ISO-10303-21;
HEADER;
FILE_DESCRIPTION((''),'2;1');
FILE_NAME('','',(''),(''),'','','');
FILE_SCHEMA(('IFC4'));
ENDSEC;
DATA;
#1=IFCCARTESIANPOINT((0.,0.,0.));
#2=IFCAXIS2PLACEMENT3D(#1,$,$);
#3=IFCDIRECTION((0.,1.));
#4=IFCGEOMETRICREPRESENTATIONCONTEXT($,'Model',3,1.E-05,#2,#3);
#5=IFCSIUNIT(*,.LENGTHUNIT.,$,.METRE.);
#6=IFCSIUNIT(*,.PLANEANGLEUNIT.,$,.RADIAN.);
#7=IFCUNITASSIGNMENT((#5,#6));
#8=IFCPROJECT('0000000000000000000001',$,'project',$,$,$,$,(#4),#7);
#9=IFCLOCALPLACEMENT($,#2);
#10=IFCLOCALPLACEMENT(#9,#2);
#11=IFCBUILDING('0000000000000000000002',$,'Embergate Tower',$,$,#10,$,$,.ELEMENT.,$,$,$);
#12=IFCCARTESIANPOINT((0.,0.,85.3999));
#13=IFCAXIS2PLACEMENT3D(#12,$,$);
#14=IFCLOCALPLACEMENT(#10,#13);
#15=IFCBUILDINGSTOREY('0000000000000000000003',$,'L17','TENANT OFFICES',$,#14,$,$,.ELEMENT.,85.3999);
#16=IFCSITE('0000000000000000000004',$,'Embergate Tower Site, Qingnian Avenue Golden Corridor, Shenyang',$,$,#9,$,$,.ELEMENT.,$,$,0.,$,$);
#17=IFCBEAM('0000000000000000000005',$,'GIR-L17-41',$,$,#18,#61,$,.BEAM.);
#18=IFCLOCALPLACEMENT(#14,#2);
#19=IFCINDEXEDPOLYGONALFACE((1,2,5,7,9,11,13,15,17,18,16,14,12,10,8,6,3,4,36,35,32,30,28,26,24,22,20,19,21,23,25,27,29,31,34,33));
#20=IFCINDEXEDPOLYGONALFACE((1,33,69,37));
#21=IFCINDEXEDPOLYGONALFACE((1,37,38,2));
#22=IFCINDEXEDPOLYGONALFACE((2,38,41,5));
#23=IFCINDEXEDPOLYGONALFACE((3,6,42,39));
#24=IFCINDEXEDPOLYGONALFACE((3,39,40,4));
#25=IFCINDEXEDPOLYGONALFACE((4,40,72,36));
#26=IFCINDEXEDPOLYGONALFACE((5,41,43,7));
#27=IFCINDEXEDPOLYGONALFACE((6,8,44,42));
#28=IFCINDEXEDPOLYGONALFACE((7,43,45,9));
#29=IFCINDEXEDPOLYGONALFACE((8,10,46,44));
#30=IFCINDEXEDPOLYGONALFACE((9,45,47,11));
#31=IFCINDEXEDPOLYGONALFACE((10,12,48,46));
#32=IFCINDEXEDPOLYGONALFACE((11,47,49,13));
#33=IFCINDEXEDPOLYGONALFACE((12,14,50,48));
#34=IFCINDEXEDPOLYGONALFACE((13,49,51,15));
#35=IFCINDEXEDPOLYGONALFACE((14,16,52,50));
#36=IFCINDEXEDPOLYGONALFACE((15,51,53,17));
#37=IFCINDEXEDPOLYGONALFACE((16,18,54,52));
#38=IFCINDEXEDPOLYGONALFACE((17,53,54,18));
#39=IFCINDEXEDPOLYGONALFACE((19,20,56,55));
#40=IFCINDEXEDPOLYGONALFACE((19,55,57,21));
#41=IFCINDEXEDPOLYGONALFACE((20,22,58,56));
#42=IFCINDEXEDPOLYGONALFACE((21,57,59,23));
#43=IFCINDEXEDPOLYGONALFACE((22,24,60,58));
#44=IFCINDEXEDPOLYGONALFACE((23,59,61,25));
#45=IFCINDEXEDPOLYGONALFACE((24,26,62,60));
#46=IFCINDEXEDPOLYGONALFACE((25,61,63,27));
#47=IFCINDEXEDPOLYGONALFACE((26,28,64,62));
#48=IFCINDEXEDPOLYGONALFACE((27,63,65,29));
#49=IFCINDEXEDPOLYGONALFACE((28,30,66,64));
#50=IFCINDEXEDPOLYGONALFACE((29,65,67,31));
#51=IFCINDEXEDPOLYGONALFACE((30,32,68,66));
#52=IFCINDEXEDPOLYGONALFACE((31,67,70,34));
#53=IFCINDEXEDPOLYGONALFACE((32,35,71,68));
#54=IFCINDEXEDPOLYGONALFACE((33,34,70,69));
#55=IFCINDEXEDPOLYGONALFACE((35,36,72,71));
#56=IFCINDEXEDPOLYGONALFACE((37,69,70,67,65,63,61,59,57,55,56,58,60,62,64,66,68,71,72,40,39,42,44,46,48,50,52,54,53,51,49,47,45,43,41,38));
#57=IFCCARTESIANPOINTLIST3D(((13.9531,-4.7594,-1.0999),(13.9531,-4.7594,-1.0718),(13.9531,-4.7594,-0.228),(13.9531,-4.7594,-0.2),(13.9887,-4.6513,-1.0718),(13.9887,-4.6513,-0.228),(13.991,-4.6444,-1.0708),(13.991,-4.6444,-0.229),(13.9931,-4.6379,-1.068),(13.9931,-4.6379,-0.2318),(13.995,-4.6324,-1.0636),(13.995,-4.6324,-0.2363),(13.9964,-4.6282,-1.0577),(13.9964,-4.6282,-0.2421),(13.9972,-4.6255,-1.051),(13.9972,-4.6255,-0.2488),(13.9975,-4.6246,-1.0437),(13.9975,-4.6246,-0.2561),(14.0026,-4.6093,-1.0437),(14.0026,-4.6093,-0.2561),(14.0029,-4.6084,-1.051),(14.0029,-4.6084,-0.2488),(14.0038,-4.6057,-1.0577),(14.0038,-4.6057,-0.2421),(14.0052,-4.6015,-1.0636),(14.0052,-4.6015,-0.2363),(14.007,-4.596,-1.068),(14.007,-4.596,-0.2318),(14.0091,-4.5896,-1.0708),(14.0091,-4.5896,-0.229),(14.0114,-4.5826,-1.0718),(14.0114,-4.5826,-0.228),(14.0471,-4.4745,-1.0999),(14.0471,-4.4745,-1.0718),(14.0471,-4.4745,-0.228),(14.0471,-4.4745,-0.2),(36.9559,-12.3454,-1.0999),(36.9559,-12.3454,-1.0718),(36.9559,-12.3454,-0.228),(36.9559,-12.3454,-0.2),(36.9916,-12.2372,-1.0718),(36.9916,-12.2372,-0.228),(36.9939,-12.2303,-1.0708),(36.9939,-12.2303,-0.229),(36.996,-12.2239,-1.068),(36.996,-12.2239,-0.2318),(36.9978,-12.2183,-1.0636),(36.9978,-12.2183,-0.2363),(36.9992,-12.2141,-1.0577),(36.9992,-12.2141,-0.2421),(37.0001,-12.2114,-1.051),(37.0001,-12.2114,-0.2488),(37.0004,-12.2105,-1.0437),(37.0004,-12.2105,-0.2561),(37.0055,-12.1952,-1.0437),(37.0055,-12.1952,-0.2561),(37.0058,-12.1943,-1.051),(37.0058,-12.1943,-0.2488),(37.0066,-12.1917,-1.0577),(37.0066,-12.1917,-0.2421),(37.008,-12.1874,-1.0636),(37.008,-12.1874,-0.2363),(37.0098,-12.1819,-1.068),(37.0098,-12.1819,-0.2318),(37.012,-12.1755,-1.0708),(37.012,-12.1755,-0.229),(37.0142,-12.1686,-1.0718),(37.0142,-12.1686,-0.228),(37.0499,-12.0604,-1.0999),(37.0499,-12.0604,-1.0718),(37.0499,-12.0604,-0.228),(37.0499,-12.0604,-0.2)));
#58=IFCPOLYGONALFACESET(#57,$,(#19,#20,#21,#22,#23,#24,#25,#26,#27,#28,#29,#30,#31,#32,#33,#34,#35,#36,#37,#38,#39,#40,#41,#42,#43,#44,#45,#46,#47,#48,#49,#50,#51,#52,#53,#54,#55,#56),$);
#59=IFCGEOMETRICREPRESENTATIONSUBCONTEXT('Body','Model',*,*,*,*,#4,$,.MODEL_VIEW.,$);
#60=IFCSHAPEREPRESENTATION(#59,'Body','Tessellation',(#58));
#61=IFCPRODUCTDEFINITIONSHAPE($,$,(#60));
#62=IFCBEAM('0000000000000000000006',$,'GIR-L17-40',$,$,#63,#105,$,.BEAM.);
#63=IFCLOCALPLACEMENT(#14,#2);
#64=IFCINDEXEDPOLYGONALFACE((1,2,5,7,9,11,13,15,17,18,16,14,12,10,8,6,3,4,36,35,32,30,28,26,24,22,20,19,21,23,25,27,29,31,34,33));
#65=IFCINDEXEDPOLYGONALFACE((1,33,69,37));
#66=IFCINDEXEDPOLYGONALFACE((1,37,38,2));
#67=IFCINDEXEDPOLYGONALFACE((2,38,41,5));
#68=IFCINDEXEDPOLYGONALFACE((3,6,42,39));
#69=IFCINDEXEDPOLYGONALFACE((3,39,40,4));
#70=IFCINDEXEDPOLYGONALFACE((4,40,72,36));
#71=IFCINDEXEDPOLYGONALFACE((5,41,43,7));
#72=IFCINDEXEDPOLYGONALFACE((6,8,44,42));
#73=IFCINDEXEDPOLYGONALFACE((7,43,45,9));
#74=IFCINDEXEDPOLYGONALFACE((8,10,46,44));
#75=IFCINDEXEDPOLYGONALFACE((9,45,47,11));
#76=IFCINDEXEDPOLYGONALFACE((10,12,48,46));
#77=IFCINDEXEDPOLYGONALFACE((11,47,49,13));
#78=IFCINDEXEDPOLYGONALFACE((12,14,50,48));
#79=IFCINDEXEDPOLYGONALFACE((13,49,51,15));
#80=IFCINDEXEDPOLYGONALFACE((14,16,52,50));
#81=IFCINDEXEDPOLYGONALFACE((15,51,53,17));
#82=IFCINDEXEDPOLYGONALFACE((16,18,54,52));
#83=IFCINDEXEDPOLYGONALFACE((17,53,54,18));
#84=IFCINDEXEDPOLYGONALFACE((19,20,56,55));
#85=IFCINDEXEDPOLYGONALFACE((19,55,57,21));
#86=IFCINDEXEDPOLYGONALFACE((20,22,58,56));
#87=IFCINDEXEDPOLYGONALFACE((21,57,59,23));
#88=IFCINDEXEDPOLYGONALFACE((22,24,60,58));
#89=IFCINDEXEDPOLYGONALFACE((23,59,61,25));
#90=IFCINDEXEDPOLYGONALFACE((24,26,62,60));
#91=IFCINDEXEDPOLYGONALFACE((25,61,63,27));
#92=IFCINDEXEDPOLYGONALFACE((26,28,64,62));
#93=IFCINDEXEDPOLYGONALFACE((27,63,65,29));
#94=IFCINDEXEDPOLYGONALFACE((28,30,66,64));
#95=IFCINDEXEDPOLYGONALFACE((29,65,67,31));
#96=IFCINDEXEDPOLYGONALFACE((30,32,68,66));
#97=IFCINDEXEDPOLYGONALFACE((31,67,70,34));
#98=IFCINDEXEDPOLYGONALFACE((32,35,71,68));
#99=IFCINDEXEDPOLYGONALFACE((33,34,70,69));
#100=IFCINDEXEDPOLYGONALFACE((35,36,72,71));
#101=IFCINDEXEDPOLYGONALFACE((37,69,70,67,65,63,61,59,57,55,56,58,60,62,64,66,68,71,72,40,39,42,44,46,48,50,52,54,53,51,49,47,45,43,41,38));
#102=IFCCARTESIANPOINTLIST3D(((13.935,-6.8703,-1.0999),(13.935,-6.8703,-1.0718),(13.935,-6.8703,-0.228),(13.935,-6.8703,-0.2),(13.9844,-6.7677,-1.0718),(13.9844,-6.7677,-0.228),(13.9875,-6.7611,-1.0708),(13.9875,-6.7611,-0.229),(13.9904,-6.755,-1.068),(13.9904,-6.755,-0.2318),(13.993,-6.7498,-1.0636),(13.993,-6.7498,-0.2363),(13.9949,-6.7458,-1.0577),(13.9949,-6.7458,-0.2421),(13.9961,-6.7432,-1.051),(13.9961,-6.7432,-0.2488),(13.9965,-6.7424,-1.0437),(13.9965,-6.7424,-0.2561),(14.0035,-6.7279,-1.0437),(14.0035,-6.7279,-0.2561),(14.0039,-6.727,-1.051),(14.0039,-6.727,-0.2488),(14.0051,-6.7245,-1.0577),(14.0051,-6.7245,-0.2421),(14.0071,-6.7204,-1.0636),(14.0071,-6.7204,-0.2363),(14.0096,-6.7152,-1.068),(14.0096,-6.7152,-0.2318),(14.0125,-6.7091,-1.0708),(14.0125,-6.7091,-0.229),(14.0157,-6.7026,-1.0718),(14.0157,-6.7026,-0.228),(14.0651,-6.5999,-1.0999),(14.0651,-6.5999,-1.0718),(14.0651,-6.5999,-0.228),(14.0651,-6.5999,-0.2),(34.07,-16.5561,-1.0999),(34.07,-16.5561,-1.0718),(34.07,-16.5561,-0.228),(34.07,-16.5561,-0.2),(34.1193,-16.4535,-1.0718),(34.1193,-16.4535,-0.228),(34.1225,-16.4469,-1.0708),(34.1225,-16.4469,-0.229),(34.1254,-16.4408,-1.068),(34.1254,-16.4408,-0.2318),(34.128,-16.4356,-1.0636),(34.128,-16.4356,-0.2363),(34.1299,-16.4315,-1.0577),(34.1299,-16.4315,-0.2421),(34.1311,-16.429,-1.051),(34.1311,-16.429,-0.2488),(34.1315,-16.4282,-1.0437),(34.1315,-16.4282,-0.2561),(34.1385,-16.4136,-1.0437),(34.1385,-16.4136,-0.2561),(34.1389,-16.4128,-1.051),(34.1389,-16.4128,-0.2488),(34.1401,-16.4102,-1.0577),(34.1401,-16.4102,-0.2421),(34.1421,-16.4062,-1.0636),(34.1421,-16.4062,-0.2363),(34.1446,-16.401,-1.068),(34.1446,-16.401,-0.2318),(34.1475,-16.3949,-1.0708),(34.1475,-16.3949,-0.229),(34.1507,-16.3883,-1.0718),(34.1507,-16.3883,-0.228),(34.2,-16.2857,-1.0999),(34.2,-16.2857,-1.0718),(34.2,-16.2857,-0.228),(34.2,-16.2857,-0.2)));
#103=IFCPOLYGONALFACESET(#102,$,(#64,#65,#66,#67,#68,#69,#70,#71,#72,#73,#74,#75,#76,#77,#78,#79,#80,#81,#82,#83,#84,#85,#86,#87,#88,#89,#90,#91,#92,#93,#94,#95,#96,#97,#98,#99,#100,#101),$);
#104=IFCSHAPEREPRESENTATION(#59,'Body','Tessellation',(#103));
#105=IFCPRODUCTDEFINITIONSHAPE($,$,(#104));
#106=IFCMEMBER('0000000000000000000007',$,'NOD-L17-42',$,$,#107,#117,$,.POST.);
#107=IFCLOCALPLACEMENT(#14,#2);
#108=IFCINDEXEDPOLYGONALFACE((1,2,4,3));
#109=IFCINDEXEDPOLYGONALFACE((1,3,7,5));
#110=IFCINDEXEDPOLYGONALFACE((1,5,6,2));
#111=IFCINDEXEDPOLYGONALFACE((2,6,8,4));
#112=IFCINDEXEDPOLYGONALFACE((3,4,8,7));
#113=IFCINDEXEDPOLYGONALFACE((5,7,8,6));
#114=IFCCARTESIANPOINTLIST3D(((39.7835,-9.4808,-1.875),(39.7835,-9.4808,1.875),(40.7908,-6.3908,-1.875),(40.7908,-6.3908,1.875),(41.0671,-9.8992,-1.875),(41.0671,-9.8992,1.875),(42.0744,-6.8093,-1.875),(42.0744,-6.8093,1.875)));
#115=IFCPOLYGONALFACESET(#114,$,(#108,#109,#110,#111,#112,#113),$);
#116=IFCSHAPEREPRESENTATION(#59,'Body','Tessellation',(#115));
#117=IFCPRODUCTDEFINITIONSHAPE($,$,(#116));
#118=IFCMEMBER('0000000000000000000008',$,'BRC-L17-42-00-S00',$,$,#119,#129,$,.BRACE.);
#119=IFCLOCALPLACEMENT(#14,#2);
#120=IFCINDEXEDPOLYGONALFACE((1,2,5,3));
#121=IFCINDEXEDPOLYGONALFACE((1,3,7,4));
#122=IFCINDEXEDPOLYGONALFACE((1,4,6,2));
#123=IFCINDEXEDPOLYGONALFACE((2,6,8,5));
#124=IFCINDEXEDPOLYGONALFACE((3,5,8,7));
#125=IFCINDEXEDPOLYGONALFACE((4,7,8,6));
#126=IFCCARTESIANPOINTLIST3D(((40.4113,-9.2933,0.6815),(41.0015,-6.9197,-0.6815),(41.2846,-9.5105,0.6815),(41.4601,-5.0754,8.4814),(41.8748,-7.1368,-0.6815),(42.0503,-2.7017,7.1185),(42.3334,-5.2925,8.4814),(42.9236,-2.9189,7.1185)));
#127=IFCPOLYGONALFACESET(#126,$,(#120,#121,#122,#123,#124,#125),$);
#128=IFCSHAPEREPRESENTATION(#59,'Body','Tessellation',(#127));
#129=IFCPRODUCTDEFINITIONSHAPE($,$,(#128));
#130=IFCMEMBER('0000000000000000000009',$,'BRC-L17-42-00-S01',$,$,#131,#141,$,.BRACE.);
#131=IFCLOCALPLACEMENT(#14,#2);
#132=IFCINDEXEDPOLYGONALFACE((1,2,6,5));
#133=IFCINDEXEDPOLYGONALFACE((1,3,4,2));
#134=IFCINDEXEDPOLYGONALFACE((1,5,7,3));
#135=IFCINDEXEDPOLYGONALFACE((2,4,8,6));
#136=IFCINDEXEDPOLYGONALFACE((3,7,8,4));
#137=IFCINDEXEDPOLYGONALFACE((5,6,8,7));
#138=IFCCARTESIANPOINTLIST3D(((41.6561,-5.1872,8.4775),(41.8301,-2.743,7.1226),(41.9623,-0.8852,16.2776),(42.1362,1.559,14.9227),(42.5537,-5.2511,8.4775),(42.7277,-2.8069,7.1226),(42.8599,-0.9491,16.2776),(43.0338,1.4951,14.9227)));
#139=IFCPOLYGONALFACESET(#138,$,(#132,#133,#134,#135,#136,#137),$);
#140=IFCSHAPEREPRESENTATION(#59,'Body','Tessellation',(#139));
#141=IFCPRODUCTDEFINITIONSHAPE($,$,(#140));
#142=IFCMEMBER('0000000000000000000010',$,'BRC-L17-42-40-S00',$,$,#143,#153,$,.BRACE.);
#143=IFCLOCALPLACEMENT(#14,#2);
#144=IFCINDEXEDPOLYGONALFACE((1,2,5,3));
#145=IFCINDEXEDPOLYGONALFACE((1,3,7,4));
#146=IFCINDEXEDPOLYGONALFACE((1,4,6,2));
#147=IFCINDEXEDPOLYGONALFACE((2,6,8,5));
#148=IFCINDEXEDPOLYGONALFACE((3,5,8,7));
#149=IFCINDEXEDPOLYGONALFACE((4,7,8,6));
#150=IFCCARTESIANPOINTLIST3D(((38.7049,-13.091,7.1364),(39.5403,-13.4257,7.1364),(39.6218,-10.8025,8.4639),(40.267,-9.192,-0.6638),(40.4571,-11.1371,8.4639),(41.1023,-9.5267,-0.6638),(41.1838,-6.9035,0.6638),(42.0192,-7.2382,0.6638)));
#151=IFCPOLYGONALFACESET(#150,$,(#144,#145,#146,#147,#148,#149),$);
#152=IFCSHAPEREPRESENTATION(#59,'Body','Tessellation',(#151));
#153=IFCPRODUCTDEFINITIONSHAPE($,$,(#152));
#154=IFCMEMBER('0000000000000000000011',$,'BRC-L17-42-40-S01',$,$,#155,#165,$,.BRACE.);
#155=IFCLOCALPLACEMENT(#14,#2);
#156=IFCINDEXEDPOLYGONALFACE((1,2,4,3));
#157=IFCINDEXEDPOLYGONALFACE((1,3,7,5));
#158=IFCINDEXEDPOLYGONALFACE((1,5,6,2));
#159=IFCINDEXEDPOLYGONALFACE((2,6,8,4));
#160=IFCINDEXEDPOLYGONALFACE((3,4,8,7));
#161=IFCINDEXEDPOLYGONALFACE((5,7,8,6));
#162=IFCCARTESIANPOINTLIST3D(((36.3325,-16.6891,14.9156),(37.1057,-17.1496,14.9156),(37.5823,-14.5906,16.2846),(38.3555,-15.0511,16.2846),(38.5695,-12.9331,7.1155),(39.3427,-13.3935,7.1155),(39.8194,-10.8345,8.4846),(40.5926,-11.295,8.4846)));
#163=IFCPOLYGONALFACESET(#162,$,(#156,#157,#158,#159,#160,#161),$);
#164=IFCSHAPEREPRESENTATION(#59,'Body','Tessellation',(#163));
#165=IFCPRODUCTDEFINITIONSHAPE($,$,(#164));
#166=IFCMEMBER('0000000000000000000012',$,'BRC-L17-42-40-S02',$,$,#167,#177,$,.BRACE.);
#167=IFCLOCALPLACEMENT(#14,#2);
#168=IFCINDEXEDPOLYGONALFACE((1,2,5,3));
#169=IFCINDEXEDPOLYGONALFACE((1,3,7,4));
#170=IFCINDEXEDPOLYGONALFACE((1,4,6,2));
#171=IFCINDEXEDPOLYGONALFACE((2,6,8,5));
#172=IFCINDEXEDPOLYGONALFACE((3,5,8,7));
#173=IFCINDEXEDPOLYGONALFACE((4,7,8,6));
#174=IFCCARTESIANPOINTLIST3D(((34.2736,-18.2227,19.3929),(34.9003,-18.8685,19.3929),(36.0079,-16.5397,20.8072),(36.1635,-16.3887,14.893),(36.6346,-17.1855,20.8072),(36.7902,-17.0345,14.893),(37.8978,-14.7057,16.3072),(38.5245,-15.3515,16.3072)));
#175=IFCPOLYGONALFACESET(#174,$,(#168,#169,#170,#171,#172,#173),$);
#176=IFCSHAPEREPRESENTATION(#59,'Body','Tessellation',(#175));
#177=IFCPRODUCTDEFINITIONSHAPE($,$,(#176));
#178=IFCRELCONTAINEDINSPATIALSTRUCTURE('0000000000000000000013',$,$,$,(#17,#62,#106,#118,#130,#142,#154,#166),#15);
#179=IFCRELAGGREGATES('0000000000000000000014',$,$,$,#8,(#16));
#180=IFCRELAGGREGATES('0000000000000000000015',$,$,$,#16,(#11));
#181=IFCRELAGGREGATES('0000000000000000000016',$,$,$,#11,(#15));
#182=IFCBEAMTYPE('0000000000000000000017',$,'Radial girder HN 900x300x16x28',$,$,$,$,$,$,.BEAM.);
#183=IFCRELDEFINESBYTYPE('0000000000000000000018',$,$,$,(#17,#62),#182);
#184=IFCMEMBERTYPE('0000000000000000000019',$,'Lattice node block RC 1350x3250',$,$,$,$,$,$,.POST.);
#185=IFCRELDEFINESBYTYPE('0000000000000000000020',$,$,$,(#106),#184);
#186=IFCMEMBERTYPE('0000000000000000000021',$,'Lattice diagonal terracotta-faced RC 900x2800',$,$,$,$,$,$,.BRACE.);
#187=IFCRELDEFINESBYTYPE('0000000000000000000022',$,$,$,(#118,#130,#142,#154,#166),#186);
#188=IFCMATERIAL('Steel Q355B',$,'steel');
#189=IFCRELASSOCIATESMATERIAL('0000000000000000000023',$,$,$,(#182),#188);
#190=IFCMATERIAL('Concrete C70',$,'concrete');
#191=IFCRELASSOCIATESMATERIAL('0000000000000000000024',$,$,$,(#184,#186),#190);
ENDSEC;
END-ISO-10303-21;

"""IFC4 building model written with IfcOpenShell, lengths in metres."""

from ifc_helpers import new_model, si_unit, direction, frame, origin, origin_2d, place, context, subcontext, project, spatial, rectangle, i_section, extrude, source, transform, mapped, material, material_profile, profile_set, type_object, element, save


model = new_model("IFC4")

# Units and contexts
model_context = context("Model", 3, precision=1e-05, world=origin(), true_north=direction((0.0, 1.0)))
body_context = subcontext(model_context, "Body", "Model", "MODEL_VIEW")
ifc_project = project(units=[si_unit("LENGTHUNIT", "METRE"), si_unit("PLANEANGLEUNIT", "RADIAN")], contexts=[model_context])

# Site, building, storey
site_placement = place(None, origin())
site = spatial("IfcSite", under=ifc_project, at=site_placement, Name="Embergate Tower Site, Qingnian Avenue Golden Corridor, Shenyang", CompositionType="ELEMENT", RefElevation=0.0)
building_placement = place(site_placement, origin())
building = spatial("IfcBuilding", under=site, at=building_placement, Name="Embergate Tower", CompositionType="ELEMENT")
storey_placement = place(building_placement, frame((0.0, 0.0, 85.3999)))
storey = spatial("IfcBuildingStorey", under=building, at=storey_placement, Name="L17", Description="TENANT OFFICES", CompositionType="ELEMENT", Elevation=85.3999)

# Shared definitions
ifc_material_1 = material(Name="Concrete C70", Category="concrete")

# Beams
ifc_material_2 = material(Name="Steel Q355B", Category="steel")
ifc_material_profile_1 = material_profile(ifc_material_2, i_section(OverallWidth=0.3, OverallDepth=0.8999, WebThickness=0.0161, FlangeThickness=0.0281, FilletRadius=0.0281, at=origin_2d()), Name="HN 900x300x16x28")
ifc_profile_set_1 = profile_set([ifc_material_profile_1], Name="Steel Q355 grade B")
beam_type_1 = type_object("IfcBeamType", Name="Radial girder HN 900x300x16x28", PredefinedType="BEAM", material=ifc_profile_set_1)
shared_shape_1 = source(origin(), body_context, "Body", "SweptSolid", [
    extrude(i_section(OverallWidth=0.3, OverallDepth=0.8999, WebThickness=0.0161, FlangeThickness=0.0281, FilletRadius=0.0281, at=origin_2d()), origin(), (0.0, 0.0, 1.0), 24.2214),
])
beam_1_placement = place(storey_placement, frame((37.0029, -12.2029, -0.6499), z_axis=(-0.94969, 0.31319, 0.0), x_axis=(-0.31319, -0.94969, 0.0)))
element("IfcBeam", 1, at=beam_1_placement, inside=storey, type_object=beam_type_1, Name="GIR-L17-41", PredefinedType="BEAM", context=body_context, shape_type="MappedRepresentation", body=[
    mapped(shared_shape_1, transform((0.0, 0.0, 0.0))),
])
shared_shape_2 = source(origin(), body_context, "Body", "SweptSolid", [
    extrude(i_section(OverallWidth=0.3, OverallDepth=0.8999, WebThickness=0.0161, FlangeThickness=0.0281, FilletRadius=0.0281, at=origin_2d()), origin(), (0.0, 0.0, 1.0), 22.3435),
])
beam_2_placement = place(storey_placement, frame((34.135, -16.4209, -0.6499), z_axis=(-0.901156, 0.433494, 0.0), x_axis=(-0.433494, -0.901156, 0.0)))
element("IfcBeam", 2, at=beam_2_placement, inside=storey, type_object=beam_type_1, Name="GIR-L17-40", PredefinedType="BEAM", context=body_context, shape_type="MappedRepresentation", body=[
    mapped(shared_shape_2, transform((0.0, 0.0, 0.0))),
])

# Members
ifc_material_profile_2 = material_profile(ifc_material_1, rectangle(XDim=1.3501, YDim=3.25, at=origin_2d()), Name="RC 1350x3250")
ifc_profile_set_2 = profile_set([ifc_material_profile_2], Name="Concrete C70")
member_type_1 = type_object("IfcMemberType", Name="Lattice node block RC 1350x3250", PredefinedType="POST", material=ifc_profile_set_2)
shared_shape_3 = source(origin(), body_context, "Body", "SweptSolid", [
    extrude(rectangle(XDim=1.3501, YDim=3.25, at=origin_2d()), origin(), (0.0, 0.0, 1.0), 3.75),
])
member_1_placement = place(storey_placement, frame((40.929, -8.145, -1.875), z_axis=(0.0, 0.0, 1.0), x_axis=(0.950754, -0.309946, 0.0)))
element("IfcMember", 3, at=member_1_placement, inside=storey, type_object=member_type_1, Name="NOD-L17-42", PredefinedType="POST", context=body_context, shape_type="MappedRepresentation", body=[
    mapped(shared_shape_3, transform((0.0, 0.0, 0.0))),
])
ifc_material_profile_3 = material_profile(ifc_material_1, rectangle(XDim=0.8999, YDim=2.8, at=origin_2d()), Name="RC 900x2800")
ifc_profile_set_3 = profile_set([ifc_material_profile_3], Name="Concrete C70")
member_type_2 = type_object("IfcMemberType", Name="Lattice diagonal terracotta-faced RC 900x2800", PredefinedType="BRACE", material=ifc_profile_set_3)
shared_shape_4 = source(origin(), body_context, "Body", "SweptSolid", [
    extrude(rectangle(XDim=0.8999, YDim=2.8, at=origin_2d()), origin(), (0.0, 0.0, 1.0), 8.9292),
])
member_2_placement = place(storey_placement, frame((41.1431, -8.2151, 0.0), z_axis=(0.117459, 0.472379, 0.873534), x_axis=(-0.970449, 0.241306, 0.0)))
element("IfcMember", 4, at=member_2_placement, inside=storey, type_object=member_type_2, Name="BRC-L17-42-00-S00", PredefinedType="BRACE", context=body_context, shape_type="MappedRepresentation", body=[
    mapped(shared_shape_4, transform((0.0, 0.0, 0.0))),
])
shared_shape_5 = source(origin(), body_context, "Body", "SweptSolid", [
    extrude(rectangle(XDim=0.8999, YDim=2.8, at=origin_2d()), origin(), (0.0, 0.0, 1.0), 8.9131),
])
member_3_placement = place(storey_placement, frame((42.1919, -3.9971, 7.8), z_axis=(0.034349, 0.482666, 0.875131), x_axis=(-0.997477, 0.070986, 0.0)))
element("IfcMember", 5, at=member_3_placement, inside=storey, type_object=member_type_2, Name="BRC-L17-42-00-S01", PredefinedType="BRACE", context=body_context, shape_type="MappedRepresentation", body=[
    mapped(shared_shape_5, transform((0.0, 0.0, 0.0))),
])
shared_shape_6 = source(origin(), body_context, "Body", "SweptSolid", [
    extrude(rectangle(XDim=0.8999, YDim=2.8, at=origin_2d()), origin(), (0.0, 0.0, 1.0), 8.8591),
])
member_4_placement = place(storey_placement, frame((41.1431, -8.2151, 0.0), z_axis=(-0.176319, -0.440108, 0.880464), x_axis=(0.928276, -0.371892, 0.0)))
element("IfcMember", 6, at=member_4_placement, inside=storey, type_object=member_type_2, Name="BRC-L17-42-40-S00", PredefinedType="BRACE", context=body_context, shape_type="MappedRepresentation", body=[
    mapped(shared_shape_6, transform((0.0, 0.0, 0.0))),
])
shared_shape_7 = source(origin(), body_context, "Body", "SweptSolid", [
    extrude(rectangle(XDim=0.8999, YDim=2.8, at=origin_2d()), origin(), (0.0, 0.0, 1.0), 8.9417),
])
member_5_placement = place(storey_placement, frame((39.5811, -12.114, 7.8), z_axis=(-0.250184, -0.420067, 0.872325), x_axis=(0.859164, -0.511701, 0.0)))
element("IfcMember", 7, at=member_5_placement, inside=storey, type_object=member_type_2, Name="BRC-L17-42-40-S01", PredefinedType="BRACE", context=body_context, shape_type="MappedRepresentation", body=[
    mapped(shared_shape_7, transform((0.0, 0.0, 0.0))),
])
shared_shape_8 = source(origin(), body_context, "Body", "SweptSolid", [
    extrude(rectangle(XDim=0.8999, YDim=2.8, at=origin_2d()), origin(), (0.0, 0.0, 1.0), 5.2139),
])
member_6_placement = place(storey_placement, frame((37.344, -15.8701, 15.6001), z_axis=(-0.362469, -0.351746, 0.863071), x_axis=(0.696412, -0.717642, 0.0)))
element("IfcMember", 8, at=member_6_placement, inside=storey, type_object=member_type_2, Name="BRC-L17-42-40-S02", PredefinedType="BRACE", context=body_context, shape_type="MappedRepresentation", body=[
    mapped(shared_shape_8, transform((0.0, 0.0, 0.0))),
])

save(model, "model.ifc")
